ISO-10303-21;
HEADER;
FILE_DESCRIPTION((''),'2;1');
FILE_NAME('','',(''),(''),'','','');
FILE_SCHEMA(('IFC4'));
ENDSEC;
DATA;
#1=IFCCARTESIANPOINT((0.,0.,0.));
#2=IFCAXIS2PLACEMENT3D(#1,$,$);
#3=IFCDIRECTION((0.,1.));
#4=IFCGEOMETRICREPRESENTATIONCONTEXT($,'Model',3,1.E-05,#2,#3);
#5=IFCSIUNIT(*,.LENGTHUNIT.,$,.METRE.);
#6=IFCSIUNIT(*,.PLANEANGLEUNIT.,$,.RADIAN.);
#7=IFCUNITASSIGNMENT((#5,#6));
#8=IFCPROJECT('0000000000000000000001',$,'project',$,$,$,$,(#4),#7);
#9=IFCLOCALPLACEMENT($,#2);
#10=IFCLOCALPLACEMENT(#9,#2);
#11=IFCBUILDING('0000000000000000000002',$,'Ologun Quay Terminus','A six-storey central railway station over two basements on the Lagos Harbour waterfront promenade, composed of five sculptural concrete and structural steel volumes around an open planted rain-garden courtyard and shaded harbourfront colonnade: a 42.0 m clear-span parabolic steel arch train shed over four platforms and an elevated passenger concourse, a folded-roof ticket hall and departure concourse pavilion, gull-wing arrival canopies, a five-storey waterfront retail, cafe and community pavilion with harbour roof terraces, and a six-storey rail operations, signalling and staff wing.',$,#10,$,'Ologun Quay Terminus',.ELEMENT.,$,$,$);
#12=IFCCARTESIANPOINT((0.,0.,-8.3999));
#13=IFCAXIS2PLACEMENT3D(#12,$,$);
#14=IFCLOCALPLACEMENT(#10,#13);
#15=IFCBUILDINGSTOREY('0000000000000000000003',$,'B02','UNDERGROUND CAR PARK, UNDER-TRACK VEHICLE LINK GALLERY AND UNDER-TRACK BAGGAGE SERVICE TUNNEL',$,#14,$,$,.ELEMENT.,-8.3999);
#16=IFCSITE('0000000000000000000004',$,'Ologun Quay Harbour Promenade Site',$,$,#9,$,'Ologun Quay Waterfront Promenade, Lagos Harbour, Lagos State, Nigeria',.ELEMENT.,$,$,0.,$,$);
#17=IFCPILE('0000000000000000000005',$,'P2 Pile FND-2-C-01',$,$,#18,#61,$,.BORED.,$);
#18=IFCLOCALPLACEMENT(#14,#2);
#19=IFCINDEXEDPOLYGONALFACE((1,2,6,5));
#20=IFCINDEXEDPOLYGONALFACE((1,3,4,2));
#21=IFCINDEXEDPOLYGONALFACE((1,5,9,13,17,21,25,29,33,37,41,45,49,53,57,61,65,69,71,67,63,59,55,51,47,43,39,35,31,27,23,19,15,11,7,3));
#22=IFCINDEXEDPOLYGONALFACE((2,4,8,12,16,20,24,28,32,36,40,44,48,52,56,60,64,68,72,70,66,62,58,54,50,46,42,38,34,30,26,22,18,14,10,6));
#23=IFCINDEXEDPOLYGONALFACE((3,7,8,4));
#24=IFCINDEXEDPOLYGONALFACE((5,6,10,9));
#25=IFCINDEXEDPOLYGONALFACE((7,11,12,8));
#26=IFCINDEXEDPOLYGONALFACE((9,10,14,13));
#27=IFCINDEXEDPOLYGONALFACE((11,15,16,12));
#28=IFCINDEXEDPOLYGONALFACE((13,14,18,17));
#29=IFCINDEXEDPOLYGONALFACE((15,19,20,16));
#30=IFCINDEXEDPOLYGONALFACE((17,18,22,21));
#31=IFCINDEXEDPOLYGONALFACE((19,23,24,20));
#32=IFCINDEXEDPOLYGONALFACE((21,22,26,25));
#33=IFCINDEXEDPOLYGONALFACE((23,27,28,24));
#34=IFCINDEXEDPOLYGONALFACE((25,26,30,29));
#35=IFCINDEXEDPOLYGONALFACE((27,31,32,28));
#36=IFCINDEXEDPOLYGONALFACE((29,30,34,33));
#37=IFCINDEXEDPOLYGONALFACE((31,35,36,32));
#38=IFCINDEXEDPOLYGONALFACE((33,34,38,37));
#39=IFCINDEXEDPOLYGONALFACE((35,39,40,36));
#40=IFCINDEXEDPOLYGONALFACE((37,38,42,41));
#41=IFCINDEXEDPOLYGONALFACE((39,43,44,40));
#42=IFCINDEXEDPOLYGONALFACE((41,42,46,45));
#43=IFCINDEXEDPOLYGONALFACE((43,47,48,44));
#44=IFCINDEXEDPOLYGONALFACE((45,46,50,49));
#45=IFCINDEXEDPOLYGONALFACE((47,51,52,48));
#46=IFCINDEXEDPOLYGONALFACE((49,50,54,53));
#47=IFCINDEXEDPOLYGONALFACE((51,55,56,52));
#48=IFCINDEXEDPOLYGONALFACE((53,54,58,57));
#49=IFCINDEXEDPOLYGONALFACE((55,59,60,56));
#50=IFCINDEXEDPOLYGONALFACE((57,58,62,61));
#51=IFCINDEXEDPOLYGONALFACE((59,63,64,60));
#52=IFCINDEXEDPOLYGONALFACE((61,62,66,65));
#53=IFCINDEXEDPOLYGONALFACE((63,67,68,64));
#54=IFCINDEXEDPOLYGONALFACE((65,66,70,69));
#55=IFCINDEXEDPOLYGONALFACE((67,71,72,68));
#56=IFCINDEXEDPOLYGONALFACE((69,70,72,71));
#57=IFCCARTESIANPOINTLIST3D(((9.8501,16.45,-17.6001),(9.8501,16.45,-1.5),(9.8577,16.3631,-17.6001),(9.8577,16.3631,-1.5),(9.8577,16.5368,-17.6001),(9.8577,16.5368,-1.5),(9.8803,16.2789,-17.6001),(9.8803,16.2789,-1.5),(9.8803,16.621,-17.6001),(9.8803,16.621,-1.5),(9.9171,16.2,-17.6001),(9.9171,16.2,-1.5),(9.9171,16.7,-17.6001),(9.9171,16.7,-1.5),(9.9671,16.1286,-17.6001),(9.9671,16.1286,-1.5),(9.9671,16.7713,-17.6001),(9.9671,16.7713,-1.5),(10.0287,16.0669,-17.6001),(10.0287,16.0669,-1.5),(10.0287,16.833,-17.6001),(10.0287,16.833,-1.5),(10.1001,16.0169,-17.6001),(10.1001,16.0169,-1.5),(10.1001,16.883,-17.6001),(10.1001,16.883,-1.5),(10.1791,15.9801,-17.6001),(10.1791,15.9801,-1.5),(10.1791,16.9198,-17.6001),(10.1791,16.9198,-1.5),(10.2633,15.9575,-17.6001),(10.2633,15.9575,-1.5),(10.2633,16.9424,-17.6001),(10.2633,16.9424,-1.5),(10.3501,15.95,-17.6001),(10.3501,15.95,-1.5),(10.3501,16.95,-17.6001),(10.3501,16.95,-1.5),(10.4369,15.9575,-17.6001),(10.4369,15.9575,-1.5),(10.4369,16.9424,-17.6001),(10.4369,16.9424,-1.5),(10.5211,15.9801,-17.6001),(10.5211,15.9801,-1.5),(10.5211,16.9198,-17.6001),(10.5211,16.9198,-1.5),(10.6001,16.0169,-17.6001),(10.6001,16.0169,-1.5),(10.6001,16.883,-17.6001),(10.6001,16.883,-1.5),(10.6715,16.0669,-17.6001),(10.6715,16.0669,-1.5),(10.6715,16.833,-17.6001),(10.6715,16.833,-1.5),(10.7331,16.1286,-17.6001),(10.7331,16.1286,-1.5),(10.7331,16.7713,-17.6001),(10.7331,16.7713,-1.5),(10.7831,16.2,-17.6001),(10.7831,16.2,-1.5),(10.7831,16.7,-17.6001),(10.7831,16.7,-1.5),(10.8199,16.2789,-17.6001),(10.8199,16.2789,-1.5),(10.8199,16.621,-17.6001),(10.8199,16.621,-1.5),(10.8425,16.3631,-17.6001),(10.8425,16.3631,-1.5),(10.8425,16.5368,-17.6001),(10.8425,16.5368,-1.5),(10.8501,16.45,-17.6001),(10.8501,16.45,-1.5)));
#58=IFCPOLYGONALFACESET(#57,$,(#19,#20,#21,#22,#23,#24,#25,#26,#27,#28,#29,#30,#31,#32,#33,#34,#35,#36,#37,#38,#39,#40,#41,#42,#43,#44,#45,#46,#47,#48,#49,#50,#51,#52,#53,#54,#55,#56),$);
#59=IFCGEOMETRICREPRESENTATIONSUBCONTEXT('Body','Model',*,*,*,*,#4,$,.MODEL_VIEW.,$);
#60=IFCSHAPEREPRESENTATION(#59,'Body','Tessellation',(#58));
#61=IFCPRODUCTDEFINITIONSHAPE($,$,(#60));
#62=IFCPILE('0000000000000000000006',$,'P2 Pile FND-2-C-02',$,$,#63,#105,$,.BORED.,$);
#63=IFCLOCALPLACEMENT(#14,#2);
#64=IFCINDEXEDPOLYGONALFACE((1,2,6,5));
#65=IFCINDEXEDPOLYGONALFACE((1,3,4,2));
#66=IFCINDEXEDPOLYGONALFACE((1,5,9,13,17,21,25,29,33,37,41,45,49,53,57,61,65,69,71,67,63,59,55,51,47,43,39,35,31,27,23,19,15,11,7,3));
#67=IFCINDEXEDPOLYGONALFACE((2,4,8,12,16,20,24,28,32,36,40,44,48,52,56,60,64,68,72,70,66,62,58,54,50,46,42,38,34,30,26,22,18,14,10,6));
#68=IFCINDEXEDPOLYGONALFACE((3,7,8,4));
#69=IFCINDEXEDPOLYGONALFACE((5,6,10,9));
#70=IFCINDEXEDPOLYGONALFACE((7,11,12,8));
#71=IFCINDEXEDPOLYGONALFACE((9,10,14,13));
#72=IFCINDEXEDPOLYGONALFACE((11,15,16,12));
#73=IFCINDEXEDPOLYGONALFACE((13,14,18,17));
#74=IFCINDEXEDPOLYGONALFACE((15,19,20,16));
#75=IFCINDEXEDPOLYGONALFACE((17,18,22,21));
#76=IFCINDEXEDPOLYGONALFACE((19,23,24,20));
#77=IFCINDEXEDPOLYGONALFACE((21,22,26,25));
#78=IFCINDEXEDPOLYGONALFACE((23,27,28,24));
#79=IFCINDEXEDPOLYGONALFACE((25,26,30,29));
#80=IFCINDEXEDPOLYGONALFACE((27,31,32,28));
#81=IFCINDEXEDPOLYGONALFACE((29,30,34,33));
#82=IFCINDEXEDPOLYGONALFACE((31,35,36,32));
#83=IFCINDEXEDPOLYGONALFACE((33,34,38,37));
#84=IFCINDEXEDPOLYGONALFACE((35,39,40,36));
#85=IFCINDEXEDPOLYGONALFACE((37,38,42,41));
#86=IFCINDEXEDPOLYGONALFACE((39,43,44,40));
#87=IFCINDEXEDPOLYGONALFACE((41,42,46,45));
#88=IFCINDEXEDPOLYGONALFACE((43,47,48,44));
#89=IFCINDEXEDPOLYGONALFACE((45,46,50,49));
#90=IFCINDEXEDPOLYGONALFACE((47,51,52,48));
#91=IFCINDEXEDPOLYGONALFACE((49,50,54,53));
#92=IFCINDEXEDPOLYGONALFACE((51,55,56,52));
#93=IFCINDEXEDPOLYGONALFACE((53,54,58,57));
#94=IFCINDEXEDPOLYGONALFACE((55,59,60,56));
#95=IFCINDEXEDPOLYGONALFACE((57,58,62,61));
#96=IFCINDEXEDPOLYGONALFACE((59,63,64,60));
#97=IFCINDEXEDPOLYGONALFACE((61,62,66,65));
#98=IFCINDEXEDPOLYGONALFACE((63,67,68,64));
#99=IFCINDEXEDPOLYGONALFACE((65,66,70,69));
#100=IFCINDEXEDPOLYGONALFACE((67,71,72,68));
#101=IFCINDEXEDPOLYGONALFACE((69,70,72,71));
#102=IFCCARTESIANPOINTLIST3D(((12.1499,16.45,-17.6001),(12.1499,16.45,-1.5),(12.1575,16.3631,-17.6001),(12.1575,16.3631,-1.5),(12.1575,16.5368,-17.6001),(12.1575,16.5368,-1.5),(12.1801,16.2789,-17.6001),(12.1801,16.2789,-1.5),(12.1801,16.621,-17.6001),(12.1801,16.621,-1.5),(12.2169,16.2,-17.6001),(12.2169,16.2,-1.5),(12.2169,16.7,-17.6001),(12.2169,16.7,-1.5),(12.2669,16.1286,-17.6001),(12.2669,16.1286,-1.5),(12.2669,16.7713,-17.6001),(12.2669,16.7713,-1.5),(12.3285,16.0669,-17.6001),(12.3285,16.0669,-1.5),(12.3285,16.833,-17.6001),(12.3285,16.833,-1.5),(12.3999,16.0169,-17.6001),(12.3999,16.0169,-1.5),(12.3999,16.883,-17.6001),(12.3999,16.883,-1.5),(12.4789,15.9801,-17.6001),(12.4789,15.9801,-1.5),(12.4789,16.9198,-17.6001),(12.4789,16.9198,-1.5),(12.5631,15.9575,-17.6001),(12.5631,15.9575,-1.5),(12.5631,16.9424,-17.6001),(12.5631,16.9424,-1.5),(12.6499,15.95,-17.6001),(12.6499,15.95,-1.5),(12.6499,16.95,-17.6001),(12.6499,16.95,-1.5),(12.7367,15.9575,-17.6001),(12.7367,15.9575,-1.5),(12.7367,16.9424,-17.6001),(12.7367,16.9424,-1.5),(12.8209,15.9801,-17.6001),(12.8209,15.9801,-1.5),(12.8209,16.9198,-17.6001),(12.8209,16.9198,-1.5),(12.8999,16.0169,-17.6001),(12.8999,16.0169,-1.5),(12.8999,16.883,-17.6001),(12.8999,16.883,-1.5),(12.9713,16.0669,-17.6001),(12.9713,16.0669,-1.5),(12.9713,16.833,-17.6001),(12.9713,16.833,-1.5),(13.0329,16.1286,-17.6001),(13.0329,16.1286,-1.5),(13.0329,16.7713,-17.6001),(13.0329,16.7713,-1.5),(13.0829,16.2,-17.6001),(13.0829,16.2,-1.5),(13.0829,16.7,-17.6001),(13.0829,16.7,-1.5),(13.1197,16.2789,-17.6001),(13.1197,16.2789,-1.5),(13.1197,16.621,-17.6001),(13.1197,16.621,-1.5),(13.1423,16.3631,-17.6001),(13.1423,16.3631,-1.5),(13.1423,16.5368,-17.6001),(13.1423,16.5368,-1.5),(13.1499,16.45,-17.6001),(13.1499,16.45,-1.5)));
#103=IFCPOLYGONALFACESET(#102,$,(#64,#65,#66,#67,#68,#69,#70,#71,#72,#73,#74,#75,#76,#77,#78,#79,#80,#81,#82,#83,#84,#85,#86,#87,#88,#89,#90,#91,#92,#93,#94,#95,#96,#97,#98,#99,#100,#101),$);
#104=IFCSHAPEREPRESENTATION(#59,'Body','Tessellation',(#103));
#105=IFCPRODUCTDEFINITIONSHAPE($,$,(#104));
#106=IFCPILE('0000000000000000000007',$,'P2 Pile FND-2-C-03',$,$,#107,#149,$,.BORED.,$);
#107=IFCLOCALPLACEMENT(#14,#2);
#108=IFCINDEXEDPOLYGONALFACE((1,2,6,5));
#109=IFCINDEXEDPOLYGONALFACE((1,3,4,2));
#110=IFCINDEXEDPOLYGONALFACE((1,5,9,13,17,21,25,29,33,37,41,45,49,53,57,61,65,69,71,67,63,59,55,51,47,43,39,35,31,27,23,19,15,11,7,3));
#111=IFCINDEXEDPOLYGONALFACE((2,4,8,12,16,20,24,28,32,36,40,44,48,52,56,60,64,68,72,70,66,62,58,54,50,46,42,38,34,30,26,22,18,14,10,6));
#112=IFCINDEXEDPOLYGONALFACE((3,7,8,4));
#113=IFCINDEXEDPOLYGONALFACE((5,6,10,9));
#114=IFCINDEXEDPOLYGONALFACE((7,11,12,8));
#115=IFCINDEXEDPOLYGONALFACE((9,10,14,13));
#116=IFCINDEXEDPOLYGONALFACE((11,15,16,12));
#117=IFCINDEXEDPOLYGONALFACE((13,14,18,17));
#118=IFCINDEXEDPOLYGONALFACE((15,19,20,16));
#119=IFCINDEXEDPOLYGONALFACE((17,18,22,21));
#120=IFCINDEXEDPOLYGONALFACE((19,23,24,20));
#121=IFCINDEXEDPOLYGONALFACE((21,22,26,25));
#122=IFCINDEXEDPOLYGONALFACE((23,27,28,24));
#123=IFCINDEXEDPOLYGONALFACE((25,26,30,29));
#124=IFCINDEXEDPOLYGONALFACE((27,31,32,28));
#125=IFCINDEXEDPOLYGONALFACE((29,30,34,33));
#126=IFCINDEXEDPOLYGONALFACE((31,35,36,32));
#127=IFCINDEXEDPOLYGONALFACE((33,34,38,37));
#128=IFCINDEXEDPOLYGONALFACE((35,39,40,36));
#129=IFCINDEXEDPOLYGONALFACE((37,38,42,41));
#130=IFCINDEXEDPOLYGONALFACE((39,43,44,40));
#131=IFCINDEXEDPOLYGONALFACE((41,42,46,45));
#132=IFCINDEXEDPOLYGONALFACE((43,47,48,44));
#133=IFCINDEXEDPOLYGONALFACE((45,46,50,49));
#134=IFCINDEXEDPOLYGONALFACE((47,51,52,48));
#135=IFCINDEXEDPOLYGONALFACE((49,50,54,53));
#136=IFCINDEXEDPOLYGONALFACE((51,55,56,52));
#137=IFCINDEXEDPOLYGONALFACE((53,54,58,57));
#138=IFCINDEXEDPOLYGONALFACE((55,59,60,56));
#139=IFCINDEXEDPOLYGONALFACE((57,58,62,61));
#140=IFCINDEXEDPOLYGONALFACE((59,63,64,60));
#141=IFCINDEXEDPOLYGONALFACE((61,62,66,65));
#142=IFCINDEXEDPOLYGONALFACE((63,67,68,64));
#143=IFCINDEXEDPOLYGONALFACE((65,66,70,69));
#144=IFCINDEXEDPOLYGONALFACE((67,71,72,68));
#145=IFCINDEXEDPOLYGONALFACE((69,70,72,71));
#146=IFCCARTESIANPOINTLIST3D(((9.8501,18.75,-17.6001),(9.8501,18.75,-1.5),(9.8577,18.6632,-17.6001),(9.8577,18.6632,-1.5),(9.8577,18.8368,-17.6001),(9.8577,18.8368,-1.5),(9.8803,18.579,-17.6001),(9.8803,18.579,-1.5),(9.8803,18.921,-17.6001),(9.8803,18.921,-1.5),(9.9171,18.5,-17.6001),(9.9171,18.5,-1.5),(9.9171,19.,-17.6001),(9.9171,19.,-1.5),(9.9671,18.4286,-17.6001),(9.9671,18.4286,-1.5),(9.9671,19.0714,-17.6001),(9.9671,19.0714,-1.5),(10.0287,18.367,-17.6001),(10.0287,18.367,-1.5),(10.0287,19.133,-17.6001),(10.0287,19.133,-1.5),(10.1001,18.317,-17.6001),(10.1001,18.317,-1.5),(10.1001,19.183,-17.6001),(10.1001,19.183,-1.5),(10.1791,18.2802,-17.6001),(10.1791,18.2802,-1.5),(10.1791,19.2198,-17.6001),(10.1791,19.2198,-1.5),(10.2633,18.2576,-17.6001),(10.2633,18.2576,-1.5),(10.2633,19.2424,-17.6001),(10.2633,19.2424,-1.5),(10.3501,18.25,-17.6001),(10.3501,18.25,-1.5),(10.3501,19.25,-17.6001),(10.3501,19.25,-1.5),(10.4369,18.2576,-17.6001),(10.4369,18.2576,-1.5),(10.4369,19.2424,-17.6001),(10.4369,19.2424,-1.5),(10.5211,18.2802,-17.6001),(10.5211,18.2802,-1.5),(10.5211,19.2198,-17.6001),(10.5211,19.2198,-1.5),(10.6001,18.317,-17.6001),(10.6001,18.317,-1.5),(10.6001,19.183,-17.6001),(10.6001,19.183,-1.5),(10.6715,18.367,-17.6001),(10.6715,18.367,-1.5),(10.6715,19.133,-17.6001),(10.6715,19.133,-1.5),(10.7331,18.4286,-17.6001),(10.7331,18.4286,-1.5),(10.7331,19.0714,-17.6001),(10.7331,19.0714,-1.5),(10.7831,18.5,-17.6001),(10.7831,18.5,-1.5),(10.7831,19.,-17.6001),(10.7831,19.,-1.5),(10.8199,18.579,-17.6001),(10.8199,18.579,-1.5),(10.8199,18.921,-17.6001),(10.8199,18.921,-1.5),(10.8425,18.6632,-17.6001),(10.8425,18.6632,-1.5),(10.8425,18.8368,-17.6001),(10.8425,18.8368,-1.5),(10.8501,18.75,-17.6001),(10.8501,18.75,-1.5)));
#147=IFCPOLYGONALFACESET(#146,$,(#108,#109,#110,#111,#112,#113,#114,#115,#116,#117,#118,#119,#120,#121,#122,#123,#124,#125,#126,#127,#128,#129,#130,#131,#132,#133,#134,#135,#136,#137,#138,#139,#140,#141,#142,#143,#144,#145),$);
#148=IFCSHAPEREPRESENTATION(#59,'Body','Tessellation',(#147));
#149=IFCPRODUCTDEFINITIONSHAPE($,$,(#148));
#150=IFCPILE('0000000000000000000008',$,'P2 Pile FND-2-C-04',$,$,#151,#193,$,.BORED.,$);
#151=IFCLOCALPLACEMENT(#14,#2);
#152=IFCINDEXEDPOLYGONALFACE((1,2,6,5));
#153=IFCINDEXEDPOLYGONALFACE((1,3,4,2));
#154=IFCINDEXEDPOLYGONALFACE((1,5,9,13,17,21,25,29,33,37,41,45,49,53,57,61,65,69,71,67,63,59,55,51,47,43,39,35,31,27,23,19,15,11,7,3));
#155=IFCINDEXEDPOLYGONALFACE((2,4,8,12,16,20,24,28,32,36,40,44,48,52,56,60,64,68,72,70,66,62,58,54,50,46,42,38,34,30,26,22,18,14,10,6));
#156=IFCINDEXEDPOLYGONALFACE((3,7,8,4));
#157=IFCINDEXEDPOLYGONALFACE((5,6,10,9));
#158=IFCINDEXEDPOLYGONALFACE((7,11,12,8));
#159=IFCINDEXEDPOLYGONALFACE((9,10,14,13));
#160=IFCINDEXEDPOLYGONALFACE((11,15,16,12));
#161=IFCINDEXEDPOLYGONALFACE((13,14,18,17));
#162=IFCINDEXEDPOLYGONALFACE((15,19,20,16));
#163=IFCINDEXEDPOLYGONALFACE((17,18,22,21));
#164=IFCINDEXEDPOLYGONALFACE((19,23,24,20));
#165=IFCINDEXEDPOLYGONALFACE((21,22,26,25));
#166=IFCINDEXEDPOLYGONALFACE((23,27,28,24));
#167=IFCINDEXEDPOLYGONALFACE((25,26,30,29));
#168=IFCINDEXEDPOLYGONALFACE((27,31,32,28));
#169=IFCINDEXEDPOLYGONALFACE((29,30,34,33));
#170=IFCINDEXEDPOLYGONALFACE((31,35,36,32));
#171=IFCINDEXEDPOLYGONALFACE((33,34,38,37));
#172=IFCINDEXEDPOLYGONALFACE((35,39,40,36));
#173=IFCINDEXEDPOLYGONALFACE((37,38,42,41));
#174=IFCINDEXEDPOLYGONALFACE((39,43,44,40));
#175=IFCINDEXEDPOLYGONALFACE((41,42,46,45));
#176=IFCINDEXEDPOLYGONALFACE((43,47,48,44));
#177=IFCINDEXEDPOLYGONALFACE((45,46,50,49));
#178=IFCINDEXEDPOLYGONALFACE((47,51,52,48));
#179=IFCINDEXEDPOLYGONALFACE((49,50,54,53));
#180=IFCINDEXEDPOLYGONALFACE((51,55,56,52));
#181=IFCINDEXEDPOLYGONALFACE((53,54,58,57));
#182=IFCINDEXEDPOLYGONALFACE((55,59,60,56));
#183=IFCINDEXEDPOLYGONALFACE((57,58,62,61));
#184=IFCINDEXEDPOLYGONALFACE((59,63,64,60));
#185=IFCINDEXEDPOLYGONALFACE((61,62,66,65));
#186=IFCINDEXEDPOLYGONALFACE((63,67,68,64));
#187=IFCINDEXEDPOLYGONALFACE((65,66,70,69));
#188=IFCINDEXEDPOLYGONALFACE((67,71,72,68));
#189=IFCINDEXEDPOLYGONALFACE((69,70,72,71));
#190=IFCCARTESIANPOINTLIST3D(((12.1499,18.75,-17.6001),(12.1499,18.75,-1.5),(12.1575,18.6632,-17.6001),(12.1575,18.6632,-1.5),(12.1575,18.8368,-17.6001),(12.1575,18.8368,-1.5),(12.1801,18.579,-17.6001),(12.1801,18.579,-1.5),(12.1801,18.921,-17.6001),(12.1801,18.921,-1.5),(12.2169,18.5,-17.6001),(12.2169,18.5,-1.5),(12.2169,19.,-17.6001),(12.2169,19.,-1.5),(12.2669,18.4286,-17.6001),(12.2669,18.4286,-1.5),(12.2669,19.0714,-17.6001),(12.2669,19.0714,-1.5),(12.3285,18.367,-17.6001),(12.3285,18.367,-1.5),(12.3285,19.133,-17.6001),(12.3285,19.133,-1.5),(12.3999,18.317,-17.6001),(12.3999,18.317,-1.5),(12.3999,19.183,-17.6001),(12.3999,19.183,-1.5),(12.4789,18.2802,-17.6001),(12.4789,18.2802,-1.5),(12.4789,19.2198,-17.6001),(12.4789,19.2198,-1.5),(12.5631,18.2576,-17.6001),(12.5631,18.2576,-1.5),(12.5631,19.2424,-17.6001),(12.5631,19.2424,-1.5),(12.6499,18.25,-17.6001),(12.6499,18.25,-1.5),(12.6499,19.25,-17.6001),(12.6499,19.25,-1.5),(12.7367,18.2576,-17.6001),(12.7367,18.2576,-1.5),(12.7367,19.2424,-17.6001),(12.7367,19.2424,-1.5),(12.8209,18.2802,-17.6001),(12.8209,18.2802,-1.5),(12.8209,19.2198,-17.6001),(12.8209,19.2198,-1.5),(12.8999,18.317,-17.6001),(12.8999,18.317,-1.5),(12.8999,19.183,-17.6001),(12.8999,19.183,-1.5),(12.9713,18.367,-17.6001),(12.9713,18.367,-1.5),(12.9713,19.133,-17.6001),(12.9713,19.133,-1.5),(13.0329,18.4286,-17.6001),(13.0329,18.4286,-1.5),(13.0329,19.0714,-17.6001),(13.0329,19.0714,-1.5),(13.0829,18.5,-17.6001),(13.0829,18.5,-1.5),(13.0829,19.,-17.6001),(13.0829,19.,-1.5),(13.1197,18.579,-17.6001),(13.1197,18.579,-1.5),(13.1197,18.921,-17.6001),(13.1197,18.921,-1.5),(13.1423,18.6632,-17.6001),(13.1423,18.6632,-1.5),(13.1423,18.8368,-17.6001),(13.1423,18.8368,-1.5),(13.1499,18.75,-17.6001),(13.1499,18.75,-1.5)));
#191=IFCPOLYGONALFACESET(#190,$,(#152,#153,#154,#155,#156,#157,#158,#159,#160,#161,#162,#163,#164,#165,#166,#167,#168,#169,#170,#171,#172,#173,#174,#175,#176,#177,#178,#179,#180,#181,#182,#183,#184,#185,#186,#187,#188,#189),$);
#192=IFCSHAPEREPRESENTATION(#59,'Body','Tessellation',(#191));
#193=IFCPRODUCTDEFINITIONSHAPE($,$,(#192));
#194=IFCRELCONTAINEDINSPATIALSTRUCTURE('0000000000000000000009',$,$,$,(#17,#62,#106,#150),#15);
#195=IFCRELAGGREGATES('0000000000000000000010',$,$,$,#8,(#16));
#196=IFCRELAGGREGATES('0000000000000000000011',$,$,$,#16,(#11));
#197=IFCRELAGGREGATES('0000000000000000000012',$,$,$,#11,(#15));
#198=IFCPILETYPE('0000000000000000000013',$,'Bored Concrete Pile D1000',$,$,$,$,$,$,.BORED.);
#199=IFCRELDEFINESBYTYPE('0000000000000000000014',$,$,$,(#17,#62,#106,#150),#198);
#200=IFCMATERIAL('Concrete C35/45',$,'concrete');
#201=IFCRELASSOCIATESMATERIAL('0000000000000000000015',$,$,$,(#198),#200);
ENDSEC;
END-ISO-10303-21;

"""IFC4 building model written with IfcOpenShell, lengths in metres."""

from ifc_helpers import new_model, si_unit, direction, frame, origin, origin_2d, place, context, subcontext, project, spatial, circle, extrude, material, material_profile, profile_set, type_object, element, save


model = new_model("IFC4")

# Units and contexts
model_context = context("Model", 3, precision=1e-05, world=origin(), true_north=direction((0.0, 1.0)))
body_context = subcontext(model_context, "Body", "Model", "MODEL_VIEW")
ifc_project = project(units=[si_unit("LENGTHUNIT", "METRE"), si_unit("PLANEANGLEUNIT", "RADIAN")], contexts=[model_context])

# Site, building, storey
site_placement = place(None, origin())
site = spatial("IfcSite", under=ifc_project, at=site_placement, Name="Ologun Quay Harbour Promenade Site", LongName="Ologun Quay Waterfront Promenade, Lagos Harbour, Lagos State, Nigeria", CompositionType="ELEMENT", RefElevation=0.0)
building_placement = place(site_placement, origin())
building = spatial("IfcBuilding", under=site, at=building_placement, Name="Ologun Quay Terminus", Description="A six-storey central railway station over two basements on the Lagos Harbour waterfront promenade, composed of five sculptural concrete and structural steel volumes around an open planted rain-garden courtyard and shaded harbourfront colonnade: a 42.0 m clear-span parabolic steel arch train shed over four platforms and an elevated passenger concourse, a folded-roof ticket hall and departure concourse pavilion, gull-wing arrival canopies, a five-storey waterfront retail, cafe and community pavilion with harbour roof terraces, and a six-storey rail operations, signalling and staff wing.", LongName="Ologun Quay Terminus", CompositionType="ELEMENT")
storey_placement = place(building_placement, frame((0.0, 0.0, -8.3999)))
storey = spatial("IfcBuildingStorey", under=building, at=storey_placement, Name="B02", Description="UNDERGROUND CAR PARK, UNDER-TRACK VEHICLE LINK GALLERY AND UNDER-TRACK BAGGAGE SERVICE TUNNEL", CompositionType="ELEMENT", Elevation=-8.3999)

# Piles
ifc_material_1 = material(Name="Concrete C35/45", Category="concrete")
ifc_material_profile_1 = material_profile(ifc_material_1, circle(Radius=0.5, at=origin_2d()), Name="PILE D1000")
ifc_profile_set_1 = profile_set([ifc_material_profile_1], Name="Concrete C35/45")
pile_type = type_object("IfcPileType", Name="Bored Concrete Pile D1000", PredefinedType="BORED", material=ifc_profile_set_1)
for number, where, z_axis, x_axis, name in (
    (1, (10.3501, 16.45, -1.5), (0.0, 0.0, -1.0), (1.0, 0.0, 0.0), "P2 Pile FND-2-C-01"),
    (2, (12.6499, 16.45, -1.5), (0.0, 0.0, -1.0), (1.0, 0.0, 0.0), "P2 Pile FND-2-C-02"),
    (3, (10.3501, 18.75, -1.5), (0.0, 0.0, -1.0), (1.0, 0.0, 0.0), "P2 Pile FND-2-C-03"),
    (4, (12.6499, 18.75, -1.5), (0.0, 0.0, -1.0), (1.0, 0.0, 0.0), "P2 Pile FND-2-C-04"),
):
    element("IfcPile", number, at=place(storey_placement, frame(where, z_axis=z_axis, x_axis=x_axis)), inside=storey, type_object=pile_type, Name=name, PredefinedType="BORED", context=body_context, shape_type="SweptSolid", body=[
        extrude(circle(Radius=0.5, at=origin_2d()), origin(), (0.0, 0.0, 1.0), 16.1001),
    ])

save(model, "model.ifc")
